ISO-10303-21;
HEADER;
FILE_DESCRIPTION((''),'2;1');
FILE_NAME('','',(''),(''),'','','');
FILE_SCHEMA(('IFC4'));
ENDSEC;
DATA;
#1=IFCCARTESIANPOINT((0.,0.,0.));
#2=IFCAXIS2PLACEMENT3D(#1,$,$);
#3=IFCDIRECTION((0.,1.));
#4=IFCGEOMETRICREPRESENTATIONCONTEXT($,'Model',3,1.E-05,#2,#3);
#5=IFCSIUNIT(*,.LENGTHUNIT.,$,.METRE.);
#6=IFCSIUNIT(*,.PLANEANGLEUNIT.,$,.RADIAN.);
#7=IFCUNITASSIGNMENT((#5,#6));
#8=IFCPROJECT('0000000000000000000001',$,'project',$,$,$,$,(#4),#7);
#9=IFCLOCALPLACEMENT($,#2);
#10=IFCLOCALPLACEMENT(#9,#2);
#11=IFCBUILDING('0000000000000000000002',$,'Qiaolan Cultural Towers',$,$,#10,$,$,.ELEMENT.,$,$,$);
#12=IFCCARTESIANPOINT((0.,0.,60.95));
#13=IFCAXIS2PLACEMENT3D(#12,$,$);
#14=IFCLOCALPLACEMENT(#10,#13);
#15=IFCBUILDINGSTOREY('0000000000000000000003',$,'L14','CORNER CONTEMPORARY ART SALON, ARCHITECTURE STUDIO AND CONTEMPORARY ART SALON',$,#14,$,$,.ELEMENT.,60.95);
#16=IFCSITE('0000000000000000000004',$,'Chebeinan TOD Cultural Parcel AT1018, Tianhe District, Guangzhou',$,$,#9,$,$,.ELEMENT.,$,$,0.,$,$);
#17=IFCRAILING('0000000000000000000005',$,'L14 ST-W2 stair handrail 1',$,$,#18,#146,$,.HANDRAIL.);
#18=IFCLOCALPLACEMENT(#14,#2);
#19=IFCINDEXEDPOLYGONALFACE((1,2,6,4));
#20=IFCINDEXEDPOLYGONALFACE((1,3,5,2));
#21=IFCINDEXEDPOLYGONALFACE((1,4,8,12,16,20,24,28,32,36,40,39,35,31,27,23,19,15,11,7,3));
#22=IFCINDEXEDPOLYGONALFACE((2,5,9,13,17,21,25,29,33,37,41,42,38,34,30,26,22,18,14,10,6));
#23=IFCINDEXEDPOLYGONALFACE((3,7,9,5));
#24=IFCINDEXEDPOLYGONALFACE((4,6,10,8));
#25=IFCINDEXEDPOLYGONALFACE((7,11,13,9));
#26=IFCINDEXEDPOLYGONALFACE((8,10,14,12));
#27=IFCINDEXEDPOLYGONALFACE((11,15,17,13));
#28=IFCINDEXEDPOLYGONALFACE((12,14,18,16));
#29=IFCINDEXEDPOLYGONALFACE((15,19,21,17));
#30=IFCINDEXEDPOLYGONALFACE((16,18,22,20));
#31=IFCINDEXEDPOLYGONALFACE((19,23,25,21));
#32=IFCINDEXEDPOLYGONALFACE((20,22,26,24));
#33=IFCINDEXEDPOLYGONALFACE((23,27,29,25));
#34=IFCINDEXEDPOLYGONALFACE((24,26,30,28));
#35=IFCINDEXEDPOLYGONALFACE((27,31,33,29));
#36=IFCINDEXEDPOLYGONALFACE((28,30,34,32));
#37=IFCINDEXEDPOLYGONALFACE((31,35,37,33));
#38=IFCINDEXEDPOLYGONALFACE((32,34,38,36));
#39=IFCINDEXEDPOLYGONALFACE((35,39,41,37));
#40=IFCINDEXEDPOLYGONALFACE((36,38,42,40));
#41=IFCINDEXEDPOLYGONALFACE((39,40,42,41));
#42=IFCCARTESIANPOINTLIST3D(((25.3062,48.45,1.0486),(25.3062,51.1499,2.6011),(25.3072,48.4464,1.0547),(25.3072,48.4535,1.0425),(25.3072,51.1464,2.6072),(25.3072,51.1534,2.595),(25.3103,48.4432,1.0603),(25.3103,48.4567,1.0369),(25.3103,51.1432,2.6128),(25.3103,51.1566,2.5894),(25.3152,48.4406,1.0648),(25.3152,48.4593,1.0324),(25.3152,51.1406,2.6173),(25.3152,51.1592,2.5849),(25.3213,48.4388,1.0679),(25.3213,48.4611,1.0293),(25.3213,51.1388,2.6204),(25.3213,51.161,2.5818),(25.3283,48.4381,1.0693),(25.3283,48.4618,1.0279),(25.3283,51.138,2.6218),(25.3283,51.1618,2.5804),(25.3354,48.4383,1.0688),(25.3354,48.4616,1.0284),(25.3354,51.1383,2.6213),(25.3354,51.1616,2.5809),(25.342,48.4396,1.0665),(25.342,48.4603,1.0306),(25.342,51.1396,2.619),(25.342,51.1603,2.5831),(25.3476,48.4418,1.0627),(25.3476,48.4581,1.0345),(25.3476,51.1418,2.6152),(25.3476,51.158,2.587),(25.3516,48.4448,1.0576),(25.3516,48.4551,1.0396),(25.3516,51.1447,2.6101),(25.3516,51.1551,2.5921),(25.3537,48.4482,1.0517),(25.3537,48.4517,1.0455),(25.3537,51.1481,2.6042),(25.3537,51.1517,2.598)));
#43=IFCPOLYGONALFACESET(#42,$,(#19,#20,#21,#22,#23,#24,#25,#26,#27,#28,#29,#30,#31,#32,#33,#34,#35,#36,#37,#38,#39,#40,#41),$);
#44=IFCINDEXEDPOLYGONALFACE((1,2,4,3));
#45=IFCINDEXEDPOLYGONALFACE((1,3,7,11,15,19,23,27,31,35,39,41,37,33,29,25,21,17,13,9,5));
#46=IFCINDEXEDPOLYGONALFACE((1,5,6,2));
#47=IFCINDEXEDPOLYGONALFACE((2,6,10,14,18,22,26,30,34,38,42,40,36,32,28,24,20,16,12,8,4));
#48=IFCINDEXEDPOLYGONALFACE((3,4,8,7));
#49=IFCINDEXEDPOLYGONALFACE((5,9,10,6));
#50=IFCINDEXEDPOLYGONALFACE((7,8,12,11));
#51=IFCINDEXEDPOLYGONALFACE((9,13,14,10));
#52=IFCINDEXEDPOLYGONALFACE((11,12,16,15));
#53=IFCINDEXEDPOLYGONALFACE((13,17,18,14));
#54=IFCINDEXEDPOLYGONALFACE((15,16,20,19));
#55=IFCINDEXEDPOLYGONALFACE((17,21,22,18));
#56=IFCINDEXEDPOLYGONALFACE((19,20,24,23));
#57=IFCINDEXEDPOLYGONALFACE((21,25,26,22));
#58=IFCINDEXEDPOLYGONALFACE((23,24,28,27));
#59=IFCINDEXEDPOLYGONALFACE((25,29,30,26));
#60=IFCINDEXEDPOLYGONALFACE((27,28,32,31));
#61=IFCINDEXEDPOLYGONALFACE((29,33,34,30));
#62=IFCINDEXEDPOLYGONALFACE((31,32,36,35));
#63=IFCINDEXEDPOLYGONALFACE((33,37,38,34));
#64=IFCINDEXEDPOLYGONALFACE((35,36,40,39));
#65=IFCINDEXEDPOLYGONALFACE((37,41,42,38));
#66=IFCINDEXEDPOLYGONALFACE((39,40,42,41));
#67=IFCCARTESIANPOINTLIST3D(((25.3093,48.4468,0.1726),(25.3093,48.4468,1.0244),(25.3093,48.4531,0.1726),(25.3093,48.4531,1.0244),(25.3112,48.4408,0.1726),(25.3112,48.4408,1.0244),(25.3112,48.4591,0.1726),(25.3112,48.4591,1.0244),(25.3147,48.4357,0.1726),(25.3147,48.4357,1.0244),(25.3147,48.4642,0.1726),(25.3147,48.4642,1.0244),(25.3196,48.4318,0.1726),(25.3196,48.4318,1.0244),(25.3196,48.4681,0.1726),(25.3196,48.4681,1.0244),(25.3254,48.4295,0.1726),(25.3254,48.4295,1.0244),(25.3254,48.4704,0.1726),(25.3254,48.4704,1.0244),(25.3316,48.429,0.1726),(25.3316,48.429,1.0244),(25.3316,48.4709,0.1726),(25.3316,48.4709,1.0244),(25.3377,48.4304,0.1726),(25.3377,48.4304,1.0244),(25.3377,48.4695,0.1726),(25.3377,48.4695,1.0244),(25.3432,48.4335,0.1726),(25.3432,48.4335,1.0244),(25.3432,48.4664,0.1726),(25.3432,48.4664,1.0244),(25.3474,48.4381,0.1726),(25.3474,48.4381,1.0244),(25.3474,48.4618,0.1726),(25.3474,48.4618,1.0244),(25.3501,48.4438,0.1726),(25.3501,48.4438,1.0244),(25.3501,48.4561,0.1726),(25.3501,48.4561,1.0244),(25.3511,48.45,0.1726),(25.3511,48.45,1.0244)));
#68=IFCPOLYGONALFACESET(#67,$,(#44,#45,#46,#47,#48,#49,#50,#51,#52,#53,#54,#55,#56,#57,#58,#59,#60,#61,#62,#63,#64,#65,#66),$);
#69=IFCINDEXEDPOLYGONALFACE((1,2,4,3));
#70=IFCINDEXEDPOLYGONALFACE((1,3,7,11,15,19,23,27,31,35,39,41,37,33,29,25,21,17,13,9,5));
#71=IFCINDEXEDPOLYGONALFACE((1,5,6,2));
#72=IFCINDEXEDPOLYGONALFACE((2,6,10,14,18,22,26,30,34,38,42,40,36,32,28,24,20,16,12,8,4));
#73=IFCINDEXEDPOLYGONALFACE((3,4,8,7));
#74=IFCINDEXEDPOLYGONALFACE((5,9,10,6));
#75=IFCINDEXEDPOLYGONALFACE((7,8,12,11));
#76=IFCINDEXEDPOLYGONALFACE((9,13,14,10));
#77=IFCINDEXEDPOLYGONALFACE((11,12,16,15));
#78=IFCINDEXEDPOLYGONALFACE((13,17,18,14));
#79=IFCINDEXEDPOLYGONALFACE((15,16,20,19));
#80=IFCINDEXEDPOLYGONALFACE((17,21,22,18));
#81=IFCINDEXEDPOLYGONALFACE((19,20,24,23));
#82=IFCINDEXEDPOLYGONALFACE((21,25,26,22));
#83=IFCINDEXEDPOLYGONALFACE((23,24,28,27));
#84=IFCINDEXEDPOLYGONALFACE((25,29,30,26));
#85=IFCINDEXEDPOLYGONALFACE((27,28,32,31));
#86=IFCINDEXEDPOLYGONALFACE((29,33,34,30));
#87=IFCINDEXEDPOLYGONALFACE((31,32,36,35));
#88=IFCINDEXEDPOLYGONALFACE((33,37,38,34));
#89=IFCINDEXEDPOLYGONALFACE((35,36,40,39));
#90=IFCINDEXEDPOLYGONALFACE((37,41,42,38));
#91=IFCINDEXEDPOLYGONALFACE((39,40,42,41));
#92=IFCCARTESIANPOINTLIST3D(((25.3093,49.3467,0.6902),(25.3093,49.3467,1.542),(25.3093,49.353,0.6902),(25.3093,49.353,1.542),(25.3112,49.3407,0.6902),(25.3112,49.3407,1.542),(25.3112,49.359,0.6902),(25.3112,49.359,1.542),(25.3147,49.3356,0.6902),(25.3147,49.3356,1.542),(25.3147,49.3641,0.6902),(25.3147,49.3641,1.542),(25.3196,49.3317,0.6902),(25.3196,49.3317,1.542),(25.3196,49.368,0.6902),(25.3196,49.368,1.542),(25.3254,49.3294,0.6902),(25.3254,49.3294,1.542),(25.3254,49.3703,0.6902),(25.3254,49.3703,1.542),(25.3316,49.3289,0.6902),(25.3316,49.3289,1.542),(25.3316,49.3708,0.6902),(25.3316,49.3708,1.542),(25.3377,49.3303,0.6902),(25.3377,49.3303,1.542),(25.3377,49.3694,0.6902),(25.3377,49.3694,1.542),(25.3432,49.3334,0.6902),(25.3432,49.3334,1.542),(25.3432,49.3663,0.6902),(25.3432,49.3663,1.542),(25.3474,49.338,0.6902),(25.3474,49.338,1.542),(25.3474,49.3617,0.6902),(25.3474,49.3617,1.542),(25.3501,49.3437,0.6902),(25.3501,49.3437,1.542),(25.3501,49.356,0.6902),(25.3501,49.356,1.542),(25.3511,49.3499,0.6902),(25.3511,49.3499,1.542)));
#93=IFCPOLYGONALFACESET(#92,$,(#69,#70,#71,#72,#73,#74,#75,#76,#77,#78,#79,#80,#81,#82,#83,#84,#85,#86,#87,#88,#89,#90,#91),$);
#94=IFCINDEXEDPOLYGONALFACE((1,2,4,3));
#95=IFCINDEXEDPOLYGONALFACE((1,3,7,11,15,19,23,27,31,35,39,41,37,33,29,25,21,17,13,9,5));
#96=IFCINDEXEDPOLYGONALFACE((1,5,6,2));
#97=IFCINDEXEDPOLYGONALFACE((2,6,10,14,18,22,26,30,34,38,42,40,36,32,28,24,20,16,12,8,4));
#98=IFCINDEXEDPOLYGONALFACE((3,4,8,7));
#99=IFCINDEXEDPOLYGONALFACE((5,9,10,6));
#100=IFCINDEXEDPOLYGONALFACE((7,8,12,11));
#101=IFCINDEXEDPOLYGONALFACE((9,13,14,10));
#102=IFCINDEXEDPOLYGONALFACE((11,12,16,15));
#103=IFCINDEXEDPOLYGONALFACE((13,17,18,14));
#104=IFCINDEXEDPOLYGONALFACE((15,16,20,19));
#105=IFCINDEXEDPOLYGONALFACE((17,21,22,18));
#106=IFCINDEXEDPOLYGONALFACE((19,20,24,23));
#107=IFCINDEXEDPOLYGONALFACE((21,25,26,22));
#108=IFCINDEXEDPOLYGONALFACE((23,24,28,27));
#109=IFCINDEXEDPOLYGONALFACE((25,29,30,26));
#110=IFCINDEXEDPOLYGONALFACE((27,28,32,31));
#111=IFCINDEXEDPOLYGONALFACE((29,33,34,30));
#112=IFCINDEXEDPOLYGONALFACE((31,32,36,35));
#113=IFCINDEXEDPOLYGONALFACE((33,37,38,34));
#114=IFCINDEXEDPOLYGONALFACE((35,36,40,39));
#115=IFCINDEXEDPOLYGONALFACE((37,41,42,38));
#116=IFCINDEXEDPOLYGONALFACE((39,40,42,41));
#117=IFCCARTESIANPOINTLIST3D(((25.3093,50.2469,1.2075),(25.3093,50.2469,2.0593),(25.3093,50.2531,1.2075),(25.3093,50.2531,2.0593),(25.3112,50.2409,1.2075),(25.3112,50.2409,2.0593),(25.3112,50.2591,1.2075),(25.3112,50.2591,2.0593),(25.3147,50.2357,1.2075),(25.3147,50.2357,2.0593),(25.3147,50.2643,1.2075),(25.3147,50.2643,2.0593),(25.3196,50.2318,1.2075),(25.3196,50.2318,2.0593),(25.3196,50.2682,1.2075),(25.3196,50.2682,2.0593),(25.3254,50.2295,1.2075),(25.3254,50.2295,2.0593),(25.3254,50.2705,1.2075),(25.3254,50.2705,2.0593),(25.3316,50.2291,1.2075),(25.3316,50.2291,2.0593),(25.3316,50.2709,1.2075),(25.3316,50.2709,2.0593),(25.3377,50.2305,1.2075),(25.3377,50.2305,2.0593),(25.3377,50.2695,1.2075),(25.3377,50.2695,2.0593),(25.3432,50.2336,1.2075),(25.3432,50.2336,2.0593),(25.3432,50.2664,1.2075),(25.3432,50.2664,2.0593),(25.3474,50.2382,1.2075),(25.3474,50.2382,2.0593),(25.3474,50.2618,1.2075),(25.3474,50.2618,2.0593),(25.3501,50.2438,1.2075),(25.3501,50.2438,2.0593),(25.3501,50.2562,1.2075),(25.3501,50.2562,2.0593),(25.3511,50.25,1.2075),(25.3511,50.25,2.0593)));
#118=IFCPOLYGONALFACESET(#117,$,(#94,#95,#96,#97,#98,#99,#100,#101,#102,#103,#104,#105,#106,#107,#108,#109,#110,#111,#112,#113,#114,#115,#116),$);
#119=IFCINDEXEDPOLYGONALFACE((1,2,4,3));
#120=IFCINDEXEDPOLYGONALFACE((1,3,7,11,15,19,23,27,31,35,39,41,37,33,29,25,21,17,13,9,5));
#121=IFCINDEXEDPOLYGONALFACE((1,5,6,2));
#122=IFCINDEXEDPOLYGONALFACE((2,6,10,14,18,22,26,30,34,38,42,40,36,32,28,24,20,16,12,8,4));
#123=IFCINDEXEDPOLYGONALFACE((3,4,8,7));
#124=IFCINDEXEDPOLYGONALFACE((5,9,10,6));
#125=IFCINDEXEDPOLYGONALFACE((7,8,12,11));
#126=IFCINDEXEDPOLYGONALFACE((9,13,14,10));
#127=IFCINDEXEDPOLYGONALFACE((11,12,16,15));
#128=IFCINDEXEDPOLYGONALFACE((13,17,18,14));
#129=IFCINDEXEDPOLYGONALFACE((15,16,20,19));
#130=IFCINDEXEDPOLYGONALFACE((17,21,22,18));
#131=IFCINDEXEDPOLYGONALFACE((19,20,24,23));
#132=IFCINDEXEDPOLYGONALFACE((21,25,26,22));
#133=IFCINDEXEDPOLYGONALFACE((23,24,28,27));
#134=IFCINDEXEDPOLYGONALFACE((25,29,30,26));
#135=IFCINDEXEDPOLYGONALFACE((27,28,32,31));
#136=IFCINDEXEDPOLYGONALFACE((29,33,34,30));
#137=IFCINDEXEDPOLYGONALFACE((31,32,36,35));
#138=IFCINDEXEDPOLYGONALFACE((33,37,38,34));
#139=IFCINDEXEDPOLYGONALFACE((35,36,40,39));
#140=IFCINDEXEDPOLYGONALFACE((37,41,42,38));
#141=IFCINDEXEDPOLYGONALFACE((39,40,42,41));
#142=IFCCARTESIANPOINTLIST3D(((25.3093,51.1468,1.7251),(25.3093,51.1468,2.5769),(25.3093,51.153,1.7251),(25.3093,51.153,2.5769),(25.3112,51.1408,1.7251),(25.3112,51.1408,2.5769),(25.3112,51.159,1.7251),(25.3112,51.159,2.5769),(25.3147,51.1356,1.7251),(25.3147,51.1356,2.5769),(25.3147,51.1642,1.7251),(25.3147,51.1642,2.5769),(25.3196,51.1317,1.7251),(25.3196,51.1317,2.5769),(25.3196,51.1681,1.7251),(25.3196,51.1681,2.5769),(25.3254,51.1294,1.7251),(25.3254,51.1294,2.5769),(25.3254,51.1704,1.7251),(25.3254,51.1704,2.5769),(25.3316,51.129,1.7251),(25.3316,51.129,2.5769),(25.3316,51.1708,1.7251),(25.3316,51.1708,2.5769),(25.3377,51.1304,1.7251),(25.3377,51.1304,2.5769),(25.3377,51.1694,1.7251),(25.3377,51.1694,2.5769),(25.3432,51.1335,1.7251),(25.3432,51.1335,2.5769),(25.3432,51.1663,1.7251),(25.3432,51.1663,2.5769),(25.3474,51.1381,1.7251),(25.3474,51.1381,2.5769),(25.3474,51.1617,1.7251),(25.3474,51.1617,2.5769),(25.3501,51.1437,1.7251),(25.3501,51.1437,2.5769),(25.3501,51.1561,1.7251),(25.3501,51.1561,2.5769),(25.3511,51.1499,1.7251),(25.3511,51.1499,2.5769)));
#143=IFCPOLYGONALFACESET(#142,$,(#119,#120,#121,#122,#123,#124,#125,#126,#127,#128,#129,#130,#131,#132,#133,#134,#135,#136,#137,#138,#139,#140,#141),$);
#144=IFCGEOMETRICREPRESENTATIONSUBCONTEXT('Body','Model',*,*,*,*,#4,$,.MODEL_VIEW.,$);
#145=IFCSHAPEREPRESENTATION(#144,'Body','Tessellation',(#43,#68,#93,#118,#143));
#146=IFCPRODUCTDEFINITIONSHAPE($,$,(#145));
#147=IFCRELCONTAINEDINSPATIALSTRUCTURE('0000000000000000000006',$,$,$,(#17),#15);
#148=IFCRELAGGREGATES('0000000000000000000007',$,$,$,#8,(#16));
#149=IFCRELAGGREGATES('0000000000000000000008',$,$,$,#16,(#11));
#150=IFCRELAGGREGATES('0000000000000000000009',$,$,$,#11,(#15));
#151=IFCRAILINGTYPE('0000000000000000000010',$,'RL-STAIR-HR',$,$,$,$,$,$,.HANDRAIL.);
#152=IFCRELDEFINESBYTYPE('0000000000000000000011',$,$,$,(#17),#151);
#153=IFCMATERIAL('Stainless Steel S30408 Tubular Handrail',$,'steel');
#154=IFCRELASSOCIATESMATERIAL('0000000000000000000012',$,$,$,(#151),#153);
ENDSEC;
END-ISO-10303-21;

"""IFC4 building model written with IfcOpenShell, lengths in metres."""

from ifc_helpers import new_model, si_unit, direction, frame, origin, origin_2d, place, context, subcontext, project, spatial, circle, extrude, material, type_object, element, save


model = new_model("IFC4")

# Units and contexts
model_context = context("Model", 3, precision=1e-05, world=origin(), true_north=direction((0.0, 1.0)))
body_context = subcontext(model_context, "Body", "Model", "MODEL_VIEW")
ifc_project = project(units=[si_unit("LENGTHUNIT", "METRE"), si_unit("PLANEANGLEUNIT", "RADIAN")], contexts=[model_context])

# Site, building, storey
site_placement = place(None, origin())
site = spatial("IfcSite", under=ifc_project, at=site_placement, Name="Chebeinan TOD Cultural Parcel AT1018, Tianhe District, Guangzhou", CompositionType="ELEMENT", RefElevation=0.0)
building_placement = place(site_placement, origin())
building = spatial("IfcBuilding", under=site, at=building_placement, Name="Qiaolan Cultural Towers", CompositionType="ELEMENT")
storey_placement = place(building_placement, frame((0.0, 0.0, 60.95)))
storey = spatial("IfcBuildingStorey", under=building, at=storey_placement, Name="L14", Description="CORNER CONTEMPORARY ART SALON, ARCHITECTURE STUDIO AND CONTEMPORARY ART SALON", CompositionType="ELEMENT", Elevation=60.95)

# Railing
ifc_material_1 = material(Name="Stainless Steel S30408 Tubular Handrail", Category="steel")
railing_type = type_object("IfcRailingType", Name="RL-STAIR-HR", PredefinedType="HANDRAIL", material=ifc_material_1)
railing_placement = place(storey_placement, frame((25.3301, 48.45, 0.1726)))
element("IfcRailing", 1, at=railing_placement, inside=storey, type_object=railing_type, Name="L14 ST-W2 stair handrail 1", PredefinedType="HANDRAIL", context=body_context, shape_type="SweptSolid", body=[
    extrude(circle(Radius=0.0239, at=origin_2d()), frame((0.0, 0.0, 0.876), z_axis=(0.0, 0.866904, 0.498476), x_axis=(-1.0, 0.0, 0.0)), (0.0, 0.0, 1.0), 3.1145),
    extrude(circle(Radius=0.021, at=origin_2d()), origin(), (0.0, 0.0, 1.0), 0.8518),
    extrude(circle(Radius=0.021, at=origin_2d()), frame((0.0, 0.8999, 0.5176)), (0.0, 0.0, 1.0), 0.8518),
    extrude(circle(Radius=0.021, at=origin_2d()), frame((0.0, 1.8, 1.0349)), (0.0, 0.0, 1.0), 0.8518),
    extrude(circle(Radius=0.021, at=origin_2d()), frame((0.0, 2.7, 1.5525)), (0.0, 0.0, 1.0), 0.8518),
])

save(model, "model.ifc")
